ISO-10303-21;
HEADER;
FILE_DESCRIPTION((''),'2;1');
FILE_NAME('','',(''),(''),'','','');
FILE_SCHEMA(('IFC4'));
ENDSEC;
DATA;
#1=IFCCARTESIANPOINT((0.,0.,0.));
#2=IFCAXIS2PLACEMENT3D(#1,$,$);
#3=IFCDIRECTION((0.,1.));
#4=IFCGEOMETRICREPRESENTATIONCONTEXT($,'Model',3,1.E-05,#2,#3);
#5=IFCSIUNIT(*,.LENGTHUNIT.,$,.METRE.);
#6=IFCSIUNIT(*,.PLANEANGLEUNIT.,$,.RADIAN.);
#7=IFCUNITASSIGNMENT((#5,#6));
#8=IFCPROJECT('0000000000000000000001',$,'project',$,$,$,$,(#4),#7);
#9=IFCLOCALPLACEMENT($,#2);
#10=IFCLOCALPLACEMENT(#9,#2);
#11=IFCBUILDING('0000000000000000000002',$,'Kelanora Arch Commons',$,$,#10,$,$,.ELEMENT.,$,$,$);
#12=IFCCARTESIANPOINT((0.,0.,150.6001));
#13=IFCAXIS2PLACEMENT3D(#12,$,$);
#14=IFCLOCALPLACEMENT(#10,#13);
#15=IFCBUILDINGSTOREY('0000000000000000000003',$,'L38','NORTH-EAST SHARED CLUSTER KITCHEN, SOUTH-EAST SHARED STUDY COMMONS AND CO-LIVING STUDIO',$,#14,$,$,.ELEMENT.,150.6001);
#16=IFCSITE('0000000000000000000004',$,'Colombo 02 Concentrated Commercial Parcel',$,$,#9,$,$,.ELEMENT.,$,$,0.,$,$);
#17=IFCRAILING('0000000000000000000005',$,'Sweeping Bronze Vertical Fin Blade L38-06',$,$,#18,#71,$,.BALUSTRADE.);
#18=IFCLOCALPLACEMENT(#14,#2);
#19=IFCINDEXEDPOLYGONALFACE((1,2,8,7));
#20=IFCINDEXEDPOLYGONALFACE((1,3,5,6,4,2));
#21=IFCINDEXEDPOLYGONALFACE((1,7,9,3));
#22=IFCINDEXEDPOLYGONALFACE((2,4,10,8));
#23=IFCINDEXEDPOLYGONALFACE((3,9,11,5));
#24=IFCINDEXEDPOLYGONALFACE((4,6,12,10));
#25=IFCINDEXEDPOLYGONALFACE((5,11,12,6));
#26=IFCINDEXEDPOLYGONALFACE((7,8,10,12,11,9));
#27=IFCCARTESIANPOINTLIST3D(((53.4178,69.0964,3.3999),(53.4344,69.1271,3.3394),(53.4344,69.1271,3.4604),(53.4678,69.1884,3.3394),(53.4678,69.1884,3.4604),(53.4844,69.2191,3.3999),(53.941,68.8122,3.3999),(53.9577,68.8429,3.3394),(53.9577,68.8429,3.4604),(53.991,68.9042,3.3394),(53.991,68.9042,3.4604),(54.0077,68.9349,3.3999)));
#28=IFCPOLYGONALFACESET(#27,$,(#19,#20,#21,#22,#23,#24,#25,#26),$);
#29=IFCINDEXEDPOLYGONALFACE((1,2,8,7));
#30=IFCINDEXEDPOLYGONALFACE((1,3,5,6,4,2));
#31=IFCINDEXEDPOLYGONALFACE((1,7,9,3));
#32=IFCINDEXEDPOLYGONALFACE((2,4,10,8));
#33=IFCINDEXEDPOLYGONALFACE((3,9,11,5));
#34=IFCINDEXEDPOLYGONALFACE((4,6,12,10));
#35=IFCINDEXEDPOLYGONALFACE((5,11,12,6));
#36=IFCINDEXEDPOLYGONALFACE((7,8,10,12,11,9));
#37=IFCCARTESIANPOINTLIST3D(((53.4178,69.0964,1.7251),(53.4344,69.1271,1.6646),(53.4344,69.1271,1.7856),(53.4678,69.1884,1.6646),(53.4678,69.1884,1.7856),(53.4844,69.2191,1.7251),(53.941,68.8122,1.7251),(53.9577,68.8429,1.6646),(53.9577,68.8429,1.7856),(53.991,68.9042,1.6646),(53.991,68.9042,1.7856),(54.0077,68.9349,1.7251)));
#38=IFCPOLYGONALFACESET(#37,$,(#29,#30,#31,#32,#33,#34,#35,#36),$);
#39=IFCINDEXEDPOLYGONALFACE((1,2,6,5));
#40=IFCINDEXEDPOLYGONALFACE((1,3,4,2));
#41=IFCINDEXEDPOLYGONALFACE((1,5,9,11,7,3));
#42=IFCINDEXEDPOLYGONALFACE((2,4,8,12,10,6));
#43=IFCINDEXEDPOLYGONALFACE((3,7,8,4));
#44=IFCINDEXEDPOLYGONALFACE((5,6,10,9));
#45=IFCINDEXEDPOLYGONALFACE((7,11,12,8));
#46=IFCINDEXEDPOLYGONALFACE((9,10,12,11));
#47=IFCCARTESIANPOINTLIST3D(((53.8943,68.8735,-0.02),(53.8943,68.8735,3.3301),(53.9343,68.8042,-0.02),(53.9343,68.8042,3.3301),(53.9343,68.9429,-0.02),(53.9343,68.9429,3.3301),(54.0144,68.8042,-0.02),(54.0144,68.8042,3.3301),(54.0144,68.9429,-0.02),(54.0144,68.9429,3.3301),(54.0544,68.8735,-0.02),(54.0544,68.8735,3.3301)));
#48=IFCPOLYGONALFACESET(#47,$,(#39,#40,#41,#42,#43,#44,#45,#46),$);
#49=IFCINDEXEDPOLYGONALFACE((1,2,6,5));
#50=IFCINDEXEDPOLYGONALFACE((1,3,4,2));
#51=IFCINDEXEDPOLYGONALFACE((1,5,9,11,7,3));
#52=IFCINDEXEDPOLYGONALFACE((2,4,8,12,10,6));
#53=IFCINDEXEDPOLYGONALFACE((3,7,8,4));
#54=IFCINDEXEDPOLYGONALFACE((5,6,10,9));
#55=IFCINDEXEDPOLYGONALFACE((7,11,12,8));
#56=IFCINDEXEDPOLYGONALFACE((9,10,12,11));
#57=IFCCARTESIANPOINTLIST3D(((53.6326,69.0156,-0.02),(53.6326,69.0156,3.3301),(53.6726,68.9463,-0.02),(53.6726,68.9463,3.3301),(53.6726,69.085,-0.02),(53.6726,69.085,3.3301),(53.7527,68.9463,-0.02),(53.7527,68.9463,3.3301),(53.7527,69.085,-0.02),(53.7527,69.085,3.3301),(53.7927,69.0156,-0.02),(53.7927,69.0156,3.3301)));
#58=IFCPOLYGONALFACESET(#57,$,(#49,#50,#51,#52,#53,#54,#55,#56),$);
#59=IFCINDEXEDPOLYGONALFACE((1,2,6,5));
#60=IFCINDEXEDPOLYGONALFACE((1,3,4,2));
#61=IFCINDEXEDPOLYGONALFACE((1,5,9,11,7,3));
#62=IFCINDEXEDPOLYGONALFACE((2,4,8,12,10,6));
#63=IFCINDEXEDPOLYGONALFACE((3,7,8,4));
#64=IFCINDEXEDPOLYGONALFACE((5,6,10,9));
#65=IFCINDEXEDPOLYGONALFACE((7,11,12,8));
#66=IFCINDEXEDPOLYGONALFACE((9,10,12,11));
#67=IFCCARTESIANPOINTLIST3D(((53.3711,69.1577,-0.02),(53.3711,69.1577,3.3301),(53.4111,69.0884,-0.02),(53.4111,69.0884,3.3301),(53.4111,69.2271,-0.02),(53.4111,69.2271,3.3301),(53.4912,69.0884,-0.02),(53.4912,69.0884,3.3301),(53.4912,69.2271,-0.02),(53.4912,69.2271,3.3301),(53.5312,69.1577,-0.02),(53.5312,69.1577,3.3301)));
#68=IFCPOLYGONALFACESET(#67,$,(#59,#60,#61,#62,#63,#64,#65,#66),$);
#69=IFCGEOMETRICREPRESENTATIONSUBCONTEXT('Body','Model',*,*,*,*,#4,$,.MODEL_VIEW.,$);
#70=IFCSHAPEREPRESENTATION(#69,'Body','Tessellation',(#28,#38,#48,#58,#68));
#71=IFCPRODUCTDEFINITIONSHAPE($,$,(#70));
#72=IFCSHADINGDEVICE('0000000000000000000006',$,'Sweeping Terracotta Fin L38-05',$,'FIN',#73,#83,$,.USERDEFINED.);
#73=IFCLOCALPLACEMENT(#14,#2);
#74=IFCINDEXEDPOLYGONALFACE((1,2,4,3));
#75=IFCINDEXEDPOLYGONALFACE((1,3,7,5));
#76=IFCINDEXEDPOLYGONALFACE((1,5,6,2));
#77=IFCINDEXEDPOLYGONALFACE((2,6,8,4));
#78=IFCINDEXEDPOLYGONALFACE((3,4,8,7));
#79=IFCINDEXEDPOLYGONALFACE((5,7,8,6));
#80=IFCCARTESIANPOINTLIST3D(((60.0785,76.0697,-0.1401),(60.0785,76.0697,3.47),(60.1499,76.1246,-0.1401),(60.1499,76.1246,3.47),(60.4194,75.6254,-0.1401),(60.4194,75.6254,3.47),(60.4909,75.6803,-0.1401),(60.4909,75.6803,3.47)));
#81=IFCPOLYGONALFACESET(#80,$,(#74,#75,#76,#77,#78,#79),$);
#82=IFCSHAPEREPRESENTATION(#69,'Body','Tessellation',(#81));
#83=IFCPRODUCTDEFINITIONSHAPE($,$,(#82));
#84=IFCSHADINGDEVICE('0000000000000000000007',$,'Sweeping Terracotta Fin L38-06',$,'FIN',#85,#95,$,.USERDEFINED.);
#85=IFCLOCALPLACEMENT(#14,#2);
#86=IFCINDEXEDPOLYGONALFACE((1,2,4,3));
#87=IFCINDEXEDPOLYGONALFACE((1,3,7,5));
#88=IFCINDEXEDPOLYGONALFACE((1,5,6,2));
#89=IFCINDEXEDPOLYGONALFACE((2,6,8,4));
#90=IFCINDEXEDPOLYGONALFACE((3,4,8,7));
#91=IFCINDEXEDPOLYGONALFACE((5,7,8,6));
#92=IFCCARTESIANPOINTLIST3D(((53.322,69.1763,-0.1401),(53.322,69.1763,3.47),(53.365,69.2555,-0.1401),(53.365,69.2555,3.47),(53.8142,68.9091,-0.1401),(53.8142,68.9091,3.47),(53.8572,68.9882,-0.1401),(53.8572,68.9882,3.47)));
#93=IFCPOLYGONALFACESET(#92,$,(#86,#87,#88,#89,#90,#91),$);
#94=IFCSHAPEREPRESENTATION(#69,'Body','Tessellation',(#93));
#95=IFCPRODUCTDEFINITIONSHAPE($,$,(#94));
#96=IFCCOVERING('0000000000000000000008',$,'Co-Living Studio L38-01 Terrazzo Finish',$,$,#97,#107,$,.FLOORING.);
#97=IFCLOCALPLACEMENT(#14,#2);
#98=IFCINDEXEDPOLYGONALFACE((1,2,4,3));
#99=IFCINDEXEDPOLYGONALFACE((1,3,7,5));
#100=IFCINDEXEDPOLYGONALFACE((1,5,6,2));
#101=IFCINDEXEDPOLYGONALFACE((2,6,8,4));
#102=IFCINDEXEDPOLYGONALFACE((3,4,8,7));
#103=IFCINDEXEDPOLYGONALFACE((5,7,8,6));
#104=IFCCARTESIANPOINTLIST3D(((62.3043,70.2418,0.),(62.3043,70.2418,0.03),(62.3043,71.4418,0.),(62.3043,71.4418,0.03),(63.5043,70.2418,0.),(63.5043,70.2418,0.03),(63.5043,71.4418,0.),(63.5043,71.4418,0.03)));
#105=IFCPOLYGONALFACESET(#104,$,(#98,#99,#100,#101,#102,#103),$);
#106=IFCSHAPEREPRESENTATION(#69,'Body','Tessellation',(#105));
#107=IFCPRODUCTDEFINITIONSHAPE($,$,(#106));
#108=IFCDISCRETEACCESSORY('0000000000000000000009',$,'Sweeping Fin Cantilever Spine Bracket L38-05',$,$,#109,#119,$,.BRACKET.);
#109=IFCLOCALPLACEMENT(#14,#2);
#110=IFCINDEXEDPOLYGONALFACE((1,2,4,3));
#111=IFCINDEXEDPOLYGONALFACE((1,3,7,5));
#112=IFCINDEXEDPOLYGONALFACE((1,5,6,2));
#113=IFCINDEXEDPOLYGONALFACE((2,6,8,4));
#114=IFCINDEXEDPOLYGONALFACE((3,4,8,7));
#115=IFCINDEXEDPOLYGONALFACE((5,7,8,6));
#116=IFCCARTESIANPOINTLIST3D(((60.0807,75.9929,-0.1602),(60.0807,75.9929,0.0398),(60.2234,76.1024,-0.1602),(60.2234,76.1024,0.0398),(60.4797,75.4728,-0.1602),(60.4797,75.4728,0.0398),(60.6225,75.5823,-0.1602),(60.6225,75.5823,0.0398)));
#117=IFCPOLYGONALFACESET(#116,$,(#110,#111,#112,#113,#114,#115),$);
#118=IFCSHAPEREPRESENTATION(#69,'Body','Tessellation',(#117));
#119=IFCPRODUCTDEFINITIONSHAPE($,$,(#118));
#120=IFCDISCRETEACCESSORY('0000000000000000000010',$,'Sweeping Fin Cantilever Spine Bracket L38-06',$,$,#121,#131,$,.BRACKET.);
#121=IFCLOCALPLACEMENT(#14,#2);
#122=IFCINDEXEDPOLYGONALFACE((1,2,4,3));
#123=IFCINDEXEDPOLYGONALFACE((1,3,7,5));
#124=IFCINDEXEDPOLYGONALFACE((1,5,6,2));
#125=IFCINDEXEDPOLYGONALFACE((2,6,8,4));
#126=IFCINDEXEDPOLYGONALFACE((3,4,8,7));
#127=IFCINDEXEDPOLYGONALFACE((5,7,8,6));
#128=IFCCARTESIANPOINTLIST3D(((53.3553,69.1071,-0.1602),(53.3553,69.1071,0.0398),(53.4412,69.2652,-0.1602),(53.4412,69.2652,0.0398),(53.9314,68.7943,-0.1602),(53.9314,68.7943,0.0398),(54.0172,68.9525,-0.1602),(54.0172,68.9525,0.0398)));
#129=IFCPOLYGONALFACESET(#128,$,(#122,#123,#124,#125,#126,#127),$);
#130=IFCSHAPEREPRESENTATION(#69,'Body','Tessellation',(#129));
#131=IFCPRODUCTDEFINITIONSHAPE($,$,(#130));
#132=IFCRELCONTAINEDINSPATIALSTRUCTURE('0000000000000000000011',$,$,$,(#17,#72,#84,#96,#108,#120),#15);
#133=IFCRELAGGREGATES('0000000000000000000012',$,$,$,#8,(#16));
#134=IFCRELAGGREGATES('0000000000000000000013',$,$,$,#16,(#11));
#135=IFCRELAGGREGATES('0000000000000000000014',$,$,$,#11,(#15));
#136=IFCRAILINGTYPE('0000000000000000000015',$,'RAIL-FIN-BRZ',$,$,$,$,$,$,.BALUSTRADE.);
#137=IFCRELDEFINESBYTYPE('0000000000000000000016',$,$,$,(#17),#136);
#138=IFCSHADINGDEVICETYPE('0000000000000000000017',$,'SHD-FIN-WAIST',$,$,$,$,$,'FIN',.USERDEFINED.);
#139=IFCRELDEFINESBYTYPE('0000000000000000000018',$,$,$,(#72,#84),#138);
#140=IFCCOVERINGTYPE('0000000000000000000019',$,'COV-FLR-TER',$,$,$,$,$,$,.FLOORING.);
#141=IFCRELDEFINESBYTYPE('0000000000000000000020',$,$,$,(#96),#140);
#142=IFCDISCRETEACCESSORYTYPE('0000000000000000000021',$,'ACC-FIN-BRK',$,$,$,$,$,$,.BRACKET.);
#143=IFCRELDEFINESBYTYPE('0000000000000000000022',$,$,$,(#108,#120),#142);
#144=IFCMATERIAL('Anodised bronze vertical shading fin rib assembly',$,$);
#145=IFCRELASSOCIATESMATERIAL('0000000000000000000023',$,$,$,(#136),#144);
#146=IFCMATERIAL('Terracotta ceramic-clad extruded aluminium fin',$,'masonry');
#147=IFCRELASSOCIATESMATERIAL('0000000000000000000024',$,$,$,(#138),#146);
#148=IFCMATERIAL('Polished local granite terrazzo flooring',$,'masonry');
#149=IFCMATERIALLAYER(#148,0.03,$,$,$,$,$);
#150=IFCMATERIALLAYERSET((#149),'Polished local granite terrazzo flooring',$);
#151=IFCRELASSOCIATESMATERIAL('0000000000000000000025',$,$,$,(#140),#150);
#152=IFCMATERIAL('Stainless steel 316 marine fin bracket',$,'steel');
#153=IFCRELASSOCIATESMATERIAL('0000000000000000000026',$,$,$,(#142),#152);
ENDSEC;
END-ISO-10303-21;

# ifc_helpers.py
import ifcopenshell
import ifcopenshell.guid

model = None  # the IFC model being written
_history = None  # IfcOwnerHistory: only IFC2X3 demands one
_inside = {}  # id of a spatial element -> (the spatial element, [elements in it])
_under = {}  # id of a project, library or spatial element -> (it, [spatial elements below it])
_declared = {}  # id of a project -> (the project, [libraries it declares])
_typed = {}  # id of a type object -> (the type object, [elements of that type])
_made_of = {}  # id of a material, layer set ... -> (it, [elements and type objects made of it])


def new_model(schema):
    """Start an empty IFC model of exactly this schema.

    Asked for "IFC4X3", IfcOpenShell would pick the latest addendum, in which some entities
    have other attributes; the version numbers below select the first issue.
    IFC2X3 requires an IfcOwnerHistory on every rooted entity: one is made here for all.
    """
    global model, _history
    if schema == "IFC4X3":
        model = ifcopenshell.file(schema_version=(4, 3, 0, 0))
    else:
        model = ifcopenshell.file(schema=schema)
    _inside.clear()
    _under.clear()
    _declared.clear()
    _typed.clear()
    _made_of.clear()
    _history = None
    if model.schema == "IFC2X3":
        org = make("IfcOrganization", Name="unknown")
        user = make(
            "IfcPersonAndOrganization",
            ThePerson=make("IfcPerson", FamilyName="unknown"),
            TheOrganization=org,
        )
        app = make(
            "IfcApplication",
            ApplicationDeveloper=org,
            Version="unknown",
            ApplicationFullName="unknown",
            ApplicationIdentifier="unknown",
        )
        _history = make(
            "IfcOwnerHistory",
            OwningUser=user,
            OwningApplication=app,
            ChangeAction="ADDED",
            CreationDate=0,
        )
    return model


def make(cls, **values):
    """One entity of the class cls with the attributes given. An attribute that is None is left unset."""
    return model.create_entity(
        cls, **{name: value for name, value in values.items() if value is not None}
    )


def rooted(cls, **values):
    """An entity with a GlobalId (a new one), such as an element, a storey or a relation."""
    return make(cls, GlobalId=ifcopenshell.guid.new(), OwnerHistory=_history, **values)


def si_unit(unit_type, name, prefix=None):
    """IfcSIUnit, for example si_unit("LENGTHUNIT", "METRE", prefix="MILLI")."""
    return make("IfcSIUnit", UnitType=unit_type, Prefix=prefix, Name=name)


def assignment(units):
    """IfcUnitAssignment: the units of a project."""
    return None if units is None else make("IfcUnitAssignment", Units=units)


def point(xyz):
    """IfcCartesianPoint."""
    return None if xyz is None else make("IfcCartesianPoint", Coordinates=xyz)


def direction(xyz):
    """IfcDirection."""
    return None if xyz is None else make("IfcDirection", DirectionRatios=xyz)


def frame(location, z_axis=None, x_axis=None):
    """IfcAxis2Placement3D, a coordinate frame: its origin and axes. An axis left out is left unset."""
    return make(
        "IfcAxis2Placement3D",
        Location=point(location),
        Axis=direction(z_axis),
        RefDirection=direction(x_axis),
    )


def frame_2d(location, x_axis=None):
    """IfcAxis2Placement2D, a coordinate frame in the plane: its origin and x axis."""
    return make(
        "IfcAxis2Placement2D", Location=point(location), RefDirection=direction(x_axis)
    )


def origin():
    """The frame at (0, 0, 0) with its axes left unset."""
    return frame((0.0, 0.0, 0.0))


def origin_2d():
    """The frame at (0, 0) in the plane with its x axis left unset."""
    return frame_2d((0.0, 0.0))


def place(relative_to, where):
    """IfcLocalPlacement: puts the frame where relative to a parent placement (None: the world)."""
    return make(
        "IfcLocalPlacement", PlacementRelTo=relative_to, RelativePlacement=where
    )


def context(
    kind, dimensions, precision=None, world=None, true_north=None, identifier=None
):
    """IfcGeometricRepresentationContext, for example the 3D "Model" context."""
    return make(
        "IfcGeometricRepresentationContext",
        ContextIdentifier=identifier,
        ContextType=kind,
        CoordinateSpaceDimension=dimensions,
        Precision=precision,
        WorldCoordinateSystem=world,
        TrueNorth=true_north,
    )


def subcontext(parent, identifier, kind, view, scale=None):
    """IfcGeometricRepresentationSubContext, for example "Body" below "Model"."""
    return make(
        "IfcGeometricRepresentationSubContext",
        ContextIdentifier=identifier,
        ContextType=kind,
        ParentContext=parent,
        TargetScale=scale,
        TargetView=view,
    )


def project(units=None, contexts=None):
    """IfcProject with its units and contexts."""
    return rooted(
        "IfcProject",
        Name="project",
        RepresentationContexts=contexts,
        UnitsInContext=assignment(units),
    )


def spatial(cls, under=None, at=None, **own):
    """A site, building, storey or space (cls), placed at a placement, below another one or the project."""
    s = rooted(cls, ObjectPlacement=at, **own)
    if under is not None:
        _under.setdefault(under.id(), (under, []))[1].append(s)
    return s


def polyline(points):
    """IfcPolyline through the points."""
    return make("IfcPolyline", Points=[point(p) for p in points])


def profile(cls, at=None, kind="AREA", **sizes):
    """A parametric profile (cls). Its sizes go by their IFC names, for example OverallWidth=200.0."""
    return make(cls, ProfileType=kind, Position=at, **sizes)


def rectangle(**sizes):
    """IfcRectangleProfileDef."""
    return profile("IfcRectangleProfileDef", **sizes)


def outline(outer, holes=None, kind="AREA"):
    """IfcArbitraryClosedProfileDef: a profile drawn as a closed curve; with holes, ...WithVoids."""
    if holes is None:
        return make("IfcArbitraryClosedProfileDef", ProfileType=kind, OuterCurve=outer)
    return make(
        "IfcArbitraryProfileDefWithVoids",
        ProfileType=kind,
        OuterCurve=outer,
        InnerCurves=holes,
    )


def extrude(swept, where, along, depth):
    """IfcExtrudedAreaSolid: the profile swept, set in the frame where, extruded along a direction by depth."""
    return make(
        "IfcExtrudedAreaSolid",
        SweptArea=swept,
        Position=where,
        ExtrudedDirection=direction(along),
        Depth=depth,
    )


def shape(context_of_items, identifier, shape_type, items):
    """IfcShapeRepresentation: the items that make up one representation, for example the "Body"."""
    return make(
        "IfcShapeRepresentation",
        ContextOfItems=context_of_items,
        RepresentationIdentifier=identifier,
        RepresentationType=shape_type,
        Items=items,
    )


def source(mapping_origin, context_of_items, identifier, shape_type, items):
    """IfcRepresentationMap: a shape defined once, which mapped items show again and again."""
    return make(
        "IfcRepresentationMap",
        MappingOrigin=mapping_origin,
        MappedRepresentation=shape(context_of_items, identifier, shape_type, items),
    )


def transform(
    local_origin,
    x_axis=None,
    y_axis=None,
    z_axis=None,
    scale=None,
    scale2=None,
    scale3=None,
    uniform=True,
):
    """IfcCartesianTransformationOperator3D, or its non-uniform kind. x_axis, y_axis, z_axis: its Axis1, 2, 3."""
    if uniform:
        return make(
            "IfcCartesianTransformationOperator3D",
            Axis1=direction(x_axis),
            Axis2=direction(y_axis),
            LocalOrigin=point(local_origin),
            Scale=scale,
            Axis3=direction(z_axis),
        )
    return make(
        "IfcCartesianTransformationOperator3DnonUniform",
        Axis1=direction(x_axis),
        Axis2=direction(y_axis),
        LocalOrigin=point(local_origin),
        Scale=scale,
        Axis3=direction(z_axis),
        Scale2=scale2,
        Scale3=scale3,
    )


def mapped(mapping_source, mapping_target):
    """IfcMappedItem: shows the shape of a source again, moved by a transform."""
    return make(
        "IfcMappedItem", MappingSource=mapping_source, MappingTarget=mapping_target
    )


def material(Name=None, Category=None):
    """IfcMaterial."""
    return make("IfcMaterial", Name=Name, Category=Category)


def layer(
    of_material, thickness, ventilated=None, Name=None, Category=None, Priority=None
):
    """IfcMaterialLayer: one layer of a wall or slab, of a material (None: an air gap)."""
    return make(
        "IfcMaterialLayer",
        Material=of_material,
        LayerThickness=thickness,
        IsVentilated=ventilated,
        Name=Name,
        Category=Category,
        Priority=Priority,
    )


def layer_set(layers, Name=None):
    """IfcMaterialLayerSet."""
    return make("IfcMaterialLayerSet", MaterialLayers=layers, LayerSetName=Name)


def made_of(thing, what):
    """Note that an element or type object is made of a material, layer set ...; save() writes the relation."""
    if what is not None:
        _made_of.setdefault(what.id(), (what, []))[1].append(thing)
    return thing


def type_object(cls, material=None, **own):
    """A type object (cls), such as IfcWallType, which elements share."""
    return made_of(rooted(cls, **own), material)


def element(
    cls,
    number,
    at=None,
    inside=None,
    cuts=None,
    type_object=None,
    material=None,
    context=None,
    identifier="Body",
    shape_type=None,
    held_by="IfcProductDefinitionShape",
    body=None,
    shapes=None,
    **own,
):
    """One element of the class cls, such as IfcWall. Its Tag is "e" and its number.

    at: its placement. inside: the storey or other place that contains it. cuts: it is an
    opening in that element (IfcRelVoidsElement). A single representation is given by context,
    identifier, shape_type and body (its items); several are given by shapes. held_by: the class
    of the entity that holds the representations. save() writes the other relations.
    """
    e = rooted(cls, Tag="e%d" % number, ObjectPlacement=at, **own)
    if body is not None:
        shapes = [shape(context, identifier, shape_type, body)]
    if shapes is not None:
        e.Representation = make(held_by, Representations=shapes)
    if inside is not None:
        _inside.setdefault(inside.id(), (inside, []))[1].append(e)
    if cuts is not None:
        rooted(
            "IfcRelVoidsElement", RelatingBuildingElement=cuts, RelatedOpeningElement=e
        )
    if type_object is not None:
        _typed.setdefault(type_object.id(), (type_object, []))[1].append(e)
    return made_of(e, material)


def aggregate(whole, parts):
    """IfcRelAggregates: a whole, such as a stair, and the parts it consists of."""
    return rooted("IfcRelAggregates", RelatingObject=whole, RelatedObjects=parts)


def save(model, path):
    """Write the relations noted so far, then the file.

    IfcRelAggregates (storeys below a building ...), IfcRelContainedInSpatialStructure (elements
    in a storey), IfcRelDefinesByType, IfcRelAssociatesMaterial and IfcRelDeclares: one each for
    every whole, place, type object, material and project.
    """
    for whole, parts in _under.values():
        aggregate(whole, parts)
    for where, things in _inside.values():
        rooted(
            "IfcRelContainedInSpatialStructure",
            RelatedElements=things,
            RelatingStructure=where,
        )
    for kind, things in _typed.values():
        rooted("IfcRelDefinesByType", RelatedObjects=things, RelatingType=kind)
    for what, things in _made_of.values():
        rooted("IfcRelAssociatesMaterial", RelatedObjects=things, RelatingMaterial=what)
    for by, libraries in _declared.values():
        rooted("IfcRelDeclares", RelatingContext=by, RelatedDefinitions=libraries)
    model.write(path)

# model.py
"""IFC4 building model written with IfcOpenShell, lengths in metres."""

from ifc_helpers import new_model, si_unit, direction, frame, origin, origin_2d, place, context, subcontext, project, spatial, polyline, rectangle, outline, extrude, source, transform, mapped, material, layer, layer_set, type_object, element, save


model = new_model("IFC4")

# Units and contexts
model_context = context("Model", 3, precision=1e-05, world=origin(), true_north=direction((0.0, 1.0)))
body_context = subcontext(model_context, "Body", "Model", "MODEL_VIEW")
ifc_project = project(units=[si_unit("LENGTHUNIT", "METRE"), si_unit("PLANEANGLEUNIT", "RADIAN")], contexts=[model_context])

# Site, building, storey
site_placement = place(None, origin())
site = spatial("IfcSite", under=ifc_project, at=site_placement, Name="Colombo 02 Concentrated Commercial Parcel", CompositionType="ELEMENT", RefElevation=0.0)
building_placement = place(site_placement, origin())
building = spatial("IfcBuilding", under=site, at=building_placement, Name="Kelanora Arch Commons", CompositionType="ELEMENT")
storey_placement = place(building_placement, frame((0.0, 0.0, 150.6001)))
storey = spatial("IfcBuildingStorey", under=building, at=storey_placement, Name="L38", Description="NORTH-EAST SHARED CLUSTER KITCHEN, SOUTH-EAST SHARED STUDY COMMONS AND CO-LIVING STUDIO", CompositionType="ELEMENT", Elevation=150.6001)

# Railing
ifc_material_1 = material(Name="Anodised bronze vertical shading fin rib assembly")
railing_type = type_object("IfcRailingType", Name="RAIL-FIN-BRZ", PredefinedType="BALUSTRADE", material=ifc_material_1)
railing_1_placement = place(storey_placement, frame((53.9744, 68.8735, -0.02)))
element("IfcRailing", 1, at=railing_1_placement, inside=storey, type_object=railing_type, Name="Sweeping Bronze Vertical Fin Blade L38-06", PredefinedType="BALUSTRADE", context=body_context, shape_type="SweptSolid", body=[
    extrude(outline(polyline([(0.0698, 0.0), (0.0349, 0.0605), (-0.0349, 0.0605), (-0.0698, 0.0), (-0.0349, -0.0605), (0.0349, -0.0605), (0.0698, 0.0)])), frame((0.0, 0.0, 3.4199), z_axis=(-0.87874, 0.4773, 0.0), x_axis=(-0.4773, -0.87874, 0.0)), (0.0, 0.0, 1.0), 0.5955),
    extrude(outline(polyline([(0.0698, 0.0), (0.0349, 0.0605), (-0.0349, 0.0605), (-0.0698, 0.0), (-0.0349, -0.0605), (0.0349, -0.0605), (0.0698, 0.0)])), frame((0.0, 0.0, 1.7451), z_axis=(-0.87874, 0.4773, 0.0), x_axis=(-0.4773, -0.87874, 0.0)), (0.0, 0.0, 1.0), 0.5955),
    extrude(outline(polyline([(0.0801, 0.0), (0.04, 0.0693), (-0.04, 0.0693), (-0.0801, 0.0), (-0.04, -0.0693), (0.04, -0.0693), (0.0801, 0.0)])), origin(), (0.0, 0.0, 1.0), 3.3501),
    extrude(outline(polyline([(0.0801, 0.0), (0.04, 0.0693), (-0.04, 0.0693), (-0.0801, 0.0), (-0.04, -0.0693), (0.04, -0.0693), (0.0801, 0.0)])), frame((-0.2617, 0.1421, 0.0)), (0.0, 0.0, 1.0), 3.3501),
    extrude(outline(polyline([(0.0801, 0.0), (0.04, 0.0693), (-0.04, 0.0693), (-0.0801, 0.0), (-0.04, -0.0693), (0.04, -0.0693), (0.0801, 0.0)])), frame((-0.5232, 0.2842, 0.0)), (0.0, 0.0, 1.0), 3.3501),
])

# Shading devices
ifc_material_2 = material(Name="Terracotta ceramic-clad extruded aluminium fin", Category="masonry")
shading_device_type = type_object("IfcShadingDeviceType", Name="SHD-FIN-WAIST", ElementType="FIN", PredefinedType="USERDEFINED", material=ifc_material_2)
shared_shape_1 = source(origin(), body_context, "Body", "SweptSolid", [
    extrude(rectangle(XDim=0.5601, YDim=0.0901, at=origin_2d()), origin(), (0.0, 0.0, 1.0), 3.6101),
])
for number, where, z_axis, x_axis, name in (
    (2, (60.2847, 75.875, -0.1401), (0.0, 0.0, 1.0), (-0.608761, 0.793353, 0.0), "Sweeping Terracotta Fin L38-05"),
    (3, (53.5896, 69.0823, -0.1401), (0.0, 0.0, 1.0), (-0.878817, 0.477159, 0.0), "Sweeping Terracotta Fin L38-06"),
):
    element("IfcShadingDevice", number, at=place(storey_placement, frame(where, z_axis=z_axis, x_axis=x_axis)), inside=storey, type_object=shading_device_type, Name=name, ObjectType="FIN", PredefinedType="USERDEFINED", context=body_context, shape_type="MappedRepresentation", body=[
        mapped(shared_shape_1, transform((0.0, 0.0, 0.0), scale=1.0)),
    ])

# Covering
ifc_material_3 = material(Name="Polished local granite terrazzo flooring", Category="masonry")
ifc_layer_1 = layer(ifc_material_3, 0.03)
ifc_layer_set_1 = layer_set([ifc_layer_1], Name="Polished local granite terrazzo flooring")
covering_type = type_object("IfcCoveringType", Name="COV-FLR-TER", PredefinedType="FLOORING", material=ifc_layer_set_1)
shared_shape_2 = source(origin(), body_context, "Body", "SweptSolid", [
    extrude(rectangle(XDim=1.2, YDim=1.2, at=origin_2d()), origin(), (0.0, 0.0, 1.0), 0.03),
])
covering_placement = place(storey_placement, frame((62.9043, 70.8418, 0.0), z_axis=(0.0, 0.0, 1.0), x_axis=(1.0, 0.0, 0.0)))
element("IfcCovering", 4, at=covering_placement, inside=storey, type_object=covering_type, Name="Co-Living Studio L38-01 Terrazzo Finish", PredefinedType="FLOORING", context=body_context, shape_type="MappedRepresentation", body=[
    mapped(shared_shape_2, transform((0.0, 0.0, 0.0), scale=1.0)),
])

# Discrete accessories
ifc_material_4 = material(Name="Stainless steel 316 marine fin bracket", Category="steel")
discrete_accessory_type = type_object("IfcDiscreteAccessoryType", Name="ACC-FIN-BRK", PredefinedType="BRACKET", material=ifc_material_4)
shared_shape_3 = source(origin(), body_context, "Body", "SweptSolid", [
    extrude(rectangle(XDim=0.6555, YDim=0.1799, at=origin_2d()), origin(), (0.0, 0.0, 1.0), 0.2),
])
for number, where, z_axis, x_axis, name in (
    (5, (60.3516, 75.7876, -0.1602), (0.0, 0.0, 1.0), (-0.608761, 0.793353, 0.0), "Sweeping Fin Cantilever Spine Bracket L38-05"),
    (6, (53.6863, 69.0298, -0.1602), (0.0, 0.0, 1.0), (-0.878817, 0.477159, 0.0), "Sweeping Fin Cantilever Spine Bracket L38-06"),
):
    element("IfcDiscreteAccessory", number, at=place(storey_placement, frame(where, z_axis=z_axis, x_axis=x_axis)), inside=storey, type_object=discrete_accessory_type, Name=name, PredefinedType="BRACKET", context=body_context, shape_type="MappedRepresentation", body=[
        mapped(shared_shape_3, transform((0.0, 0.0, 0.0), scale=1.0)),
    ])

save(model, "model.ifc")
